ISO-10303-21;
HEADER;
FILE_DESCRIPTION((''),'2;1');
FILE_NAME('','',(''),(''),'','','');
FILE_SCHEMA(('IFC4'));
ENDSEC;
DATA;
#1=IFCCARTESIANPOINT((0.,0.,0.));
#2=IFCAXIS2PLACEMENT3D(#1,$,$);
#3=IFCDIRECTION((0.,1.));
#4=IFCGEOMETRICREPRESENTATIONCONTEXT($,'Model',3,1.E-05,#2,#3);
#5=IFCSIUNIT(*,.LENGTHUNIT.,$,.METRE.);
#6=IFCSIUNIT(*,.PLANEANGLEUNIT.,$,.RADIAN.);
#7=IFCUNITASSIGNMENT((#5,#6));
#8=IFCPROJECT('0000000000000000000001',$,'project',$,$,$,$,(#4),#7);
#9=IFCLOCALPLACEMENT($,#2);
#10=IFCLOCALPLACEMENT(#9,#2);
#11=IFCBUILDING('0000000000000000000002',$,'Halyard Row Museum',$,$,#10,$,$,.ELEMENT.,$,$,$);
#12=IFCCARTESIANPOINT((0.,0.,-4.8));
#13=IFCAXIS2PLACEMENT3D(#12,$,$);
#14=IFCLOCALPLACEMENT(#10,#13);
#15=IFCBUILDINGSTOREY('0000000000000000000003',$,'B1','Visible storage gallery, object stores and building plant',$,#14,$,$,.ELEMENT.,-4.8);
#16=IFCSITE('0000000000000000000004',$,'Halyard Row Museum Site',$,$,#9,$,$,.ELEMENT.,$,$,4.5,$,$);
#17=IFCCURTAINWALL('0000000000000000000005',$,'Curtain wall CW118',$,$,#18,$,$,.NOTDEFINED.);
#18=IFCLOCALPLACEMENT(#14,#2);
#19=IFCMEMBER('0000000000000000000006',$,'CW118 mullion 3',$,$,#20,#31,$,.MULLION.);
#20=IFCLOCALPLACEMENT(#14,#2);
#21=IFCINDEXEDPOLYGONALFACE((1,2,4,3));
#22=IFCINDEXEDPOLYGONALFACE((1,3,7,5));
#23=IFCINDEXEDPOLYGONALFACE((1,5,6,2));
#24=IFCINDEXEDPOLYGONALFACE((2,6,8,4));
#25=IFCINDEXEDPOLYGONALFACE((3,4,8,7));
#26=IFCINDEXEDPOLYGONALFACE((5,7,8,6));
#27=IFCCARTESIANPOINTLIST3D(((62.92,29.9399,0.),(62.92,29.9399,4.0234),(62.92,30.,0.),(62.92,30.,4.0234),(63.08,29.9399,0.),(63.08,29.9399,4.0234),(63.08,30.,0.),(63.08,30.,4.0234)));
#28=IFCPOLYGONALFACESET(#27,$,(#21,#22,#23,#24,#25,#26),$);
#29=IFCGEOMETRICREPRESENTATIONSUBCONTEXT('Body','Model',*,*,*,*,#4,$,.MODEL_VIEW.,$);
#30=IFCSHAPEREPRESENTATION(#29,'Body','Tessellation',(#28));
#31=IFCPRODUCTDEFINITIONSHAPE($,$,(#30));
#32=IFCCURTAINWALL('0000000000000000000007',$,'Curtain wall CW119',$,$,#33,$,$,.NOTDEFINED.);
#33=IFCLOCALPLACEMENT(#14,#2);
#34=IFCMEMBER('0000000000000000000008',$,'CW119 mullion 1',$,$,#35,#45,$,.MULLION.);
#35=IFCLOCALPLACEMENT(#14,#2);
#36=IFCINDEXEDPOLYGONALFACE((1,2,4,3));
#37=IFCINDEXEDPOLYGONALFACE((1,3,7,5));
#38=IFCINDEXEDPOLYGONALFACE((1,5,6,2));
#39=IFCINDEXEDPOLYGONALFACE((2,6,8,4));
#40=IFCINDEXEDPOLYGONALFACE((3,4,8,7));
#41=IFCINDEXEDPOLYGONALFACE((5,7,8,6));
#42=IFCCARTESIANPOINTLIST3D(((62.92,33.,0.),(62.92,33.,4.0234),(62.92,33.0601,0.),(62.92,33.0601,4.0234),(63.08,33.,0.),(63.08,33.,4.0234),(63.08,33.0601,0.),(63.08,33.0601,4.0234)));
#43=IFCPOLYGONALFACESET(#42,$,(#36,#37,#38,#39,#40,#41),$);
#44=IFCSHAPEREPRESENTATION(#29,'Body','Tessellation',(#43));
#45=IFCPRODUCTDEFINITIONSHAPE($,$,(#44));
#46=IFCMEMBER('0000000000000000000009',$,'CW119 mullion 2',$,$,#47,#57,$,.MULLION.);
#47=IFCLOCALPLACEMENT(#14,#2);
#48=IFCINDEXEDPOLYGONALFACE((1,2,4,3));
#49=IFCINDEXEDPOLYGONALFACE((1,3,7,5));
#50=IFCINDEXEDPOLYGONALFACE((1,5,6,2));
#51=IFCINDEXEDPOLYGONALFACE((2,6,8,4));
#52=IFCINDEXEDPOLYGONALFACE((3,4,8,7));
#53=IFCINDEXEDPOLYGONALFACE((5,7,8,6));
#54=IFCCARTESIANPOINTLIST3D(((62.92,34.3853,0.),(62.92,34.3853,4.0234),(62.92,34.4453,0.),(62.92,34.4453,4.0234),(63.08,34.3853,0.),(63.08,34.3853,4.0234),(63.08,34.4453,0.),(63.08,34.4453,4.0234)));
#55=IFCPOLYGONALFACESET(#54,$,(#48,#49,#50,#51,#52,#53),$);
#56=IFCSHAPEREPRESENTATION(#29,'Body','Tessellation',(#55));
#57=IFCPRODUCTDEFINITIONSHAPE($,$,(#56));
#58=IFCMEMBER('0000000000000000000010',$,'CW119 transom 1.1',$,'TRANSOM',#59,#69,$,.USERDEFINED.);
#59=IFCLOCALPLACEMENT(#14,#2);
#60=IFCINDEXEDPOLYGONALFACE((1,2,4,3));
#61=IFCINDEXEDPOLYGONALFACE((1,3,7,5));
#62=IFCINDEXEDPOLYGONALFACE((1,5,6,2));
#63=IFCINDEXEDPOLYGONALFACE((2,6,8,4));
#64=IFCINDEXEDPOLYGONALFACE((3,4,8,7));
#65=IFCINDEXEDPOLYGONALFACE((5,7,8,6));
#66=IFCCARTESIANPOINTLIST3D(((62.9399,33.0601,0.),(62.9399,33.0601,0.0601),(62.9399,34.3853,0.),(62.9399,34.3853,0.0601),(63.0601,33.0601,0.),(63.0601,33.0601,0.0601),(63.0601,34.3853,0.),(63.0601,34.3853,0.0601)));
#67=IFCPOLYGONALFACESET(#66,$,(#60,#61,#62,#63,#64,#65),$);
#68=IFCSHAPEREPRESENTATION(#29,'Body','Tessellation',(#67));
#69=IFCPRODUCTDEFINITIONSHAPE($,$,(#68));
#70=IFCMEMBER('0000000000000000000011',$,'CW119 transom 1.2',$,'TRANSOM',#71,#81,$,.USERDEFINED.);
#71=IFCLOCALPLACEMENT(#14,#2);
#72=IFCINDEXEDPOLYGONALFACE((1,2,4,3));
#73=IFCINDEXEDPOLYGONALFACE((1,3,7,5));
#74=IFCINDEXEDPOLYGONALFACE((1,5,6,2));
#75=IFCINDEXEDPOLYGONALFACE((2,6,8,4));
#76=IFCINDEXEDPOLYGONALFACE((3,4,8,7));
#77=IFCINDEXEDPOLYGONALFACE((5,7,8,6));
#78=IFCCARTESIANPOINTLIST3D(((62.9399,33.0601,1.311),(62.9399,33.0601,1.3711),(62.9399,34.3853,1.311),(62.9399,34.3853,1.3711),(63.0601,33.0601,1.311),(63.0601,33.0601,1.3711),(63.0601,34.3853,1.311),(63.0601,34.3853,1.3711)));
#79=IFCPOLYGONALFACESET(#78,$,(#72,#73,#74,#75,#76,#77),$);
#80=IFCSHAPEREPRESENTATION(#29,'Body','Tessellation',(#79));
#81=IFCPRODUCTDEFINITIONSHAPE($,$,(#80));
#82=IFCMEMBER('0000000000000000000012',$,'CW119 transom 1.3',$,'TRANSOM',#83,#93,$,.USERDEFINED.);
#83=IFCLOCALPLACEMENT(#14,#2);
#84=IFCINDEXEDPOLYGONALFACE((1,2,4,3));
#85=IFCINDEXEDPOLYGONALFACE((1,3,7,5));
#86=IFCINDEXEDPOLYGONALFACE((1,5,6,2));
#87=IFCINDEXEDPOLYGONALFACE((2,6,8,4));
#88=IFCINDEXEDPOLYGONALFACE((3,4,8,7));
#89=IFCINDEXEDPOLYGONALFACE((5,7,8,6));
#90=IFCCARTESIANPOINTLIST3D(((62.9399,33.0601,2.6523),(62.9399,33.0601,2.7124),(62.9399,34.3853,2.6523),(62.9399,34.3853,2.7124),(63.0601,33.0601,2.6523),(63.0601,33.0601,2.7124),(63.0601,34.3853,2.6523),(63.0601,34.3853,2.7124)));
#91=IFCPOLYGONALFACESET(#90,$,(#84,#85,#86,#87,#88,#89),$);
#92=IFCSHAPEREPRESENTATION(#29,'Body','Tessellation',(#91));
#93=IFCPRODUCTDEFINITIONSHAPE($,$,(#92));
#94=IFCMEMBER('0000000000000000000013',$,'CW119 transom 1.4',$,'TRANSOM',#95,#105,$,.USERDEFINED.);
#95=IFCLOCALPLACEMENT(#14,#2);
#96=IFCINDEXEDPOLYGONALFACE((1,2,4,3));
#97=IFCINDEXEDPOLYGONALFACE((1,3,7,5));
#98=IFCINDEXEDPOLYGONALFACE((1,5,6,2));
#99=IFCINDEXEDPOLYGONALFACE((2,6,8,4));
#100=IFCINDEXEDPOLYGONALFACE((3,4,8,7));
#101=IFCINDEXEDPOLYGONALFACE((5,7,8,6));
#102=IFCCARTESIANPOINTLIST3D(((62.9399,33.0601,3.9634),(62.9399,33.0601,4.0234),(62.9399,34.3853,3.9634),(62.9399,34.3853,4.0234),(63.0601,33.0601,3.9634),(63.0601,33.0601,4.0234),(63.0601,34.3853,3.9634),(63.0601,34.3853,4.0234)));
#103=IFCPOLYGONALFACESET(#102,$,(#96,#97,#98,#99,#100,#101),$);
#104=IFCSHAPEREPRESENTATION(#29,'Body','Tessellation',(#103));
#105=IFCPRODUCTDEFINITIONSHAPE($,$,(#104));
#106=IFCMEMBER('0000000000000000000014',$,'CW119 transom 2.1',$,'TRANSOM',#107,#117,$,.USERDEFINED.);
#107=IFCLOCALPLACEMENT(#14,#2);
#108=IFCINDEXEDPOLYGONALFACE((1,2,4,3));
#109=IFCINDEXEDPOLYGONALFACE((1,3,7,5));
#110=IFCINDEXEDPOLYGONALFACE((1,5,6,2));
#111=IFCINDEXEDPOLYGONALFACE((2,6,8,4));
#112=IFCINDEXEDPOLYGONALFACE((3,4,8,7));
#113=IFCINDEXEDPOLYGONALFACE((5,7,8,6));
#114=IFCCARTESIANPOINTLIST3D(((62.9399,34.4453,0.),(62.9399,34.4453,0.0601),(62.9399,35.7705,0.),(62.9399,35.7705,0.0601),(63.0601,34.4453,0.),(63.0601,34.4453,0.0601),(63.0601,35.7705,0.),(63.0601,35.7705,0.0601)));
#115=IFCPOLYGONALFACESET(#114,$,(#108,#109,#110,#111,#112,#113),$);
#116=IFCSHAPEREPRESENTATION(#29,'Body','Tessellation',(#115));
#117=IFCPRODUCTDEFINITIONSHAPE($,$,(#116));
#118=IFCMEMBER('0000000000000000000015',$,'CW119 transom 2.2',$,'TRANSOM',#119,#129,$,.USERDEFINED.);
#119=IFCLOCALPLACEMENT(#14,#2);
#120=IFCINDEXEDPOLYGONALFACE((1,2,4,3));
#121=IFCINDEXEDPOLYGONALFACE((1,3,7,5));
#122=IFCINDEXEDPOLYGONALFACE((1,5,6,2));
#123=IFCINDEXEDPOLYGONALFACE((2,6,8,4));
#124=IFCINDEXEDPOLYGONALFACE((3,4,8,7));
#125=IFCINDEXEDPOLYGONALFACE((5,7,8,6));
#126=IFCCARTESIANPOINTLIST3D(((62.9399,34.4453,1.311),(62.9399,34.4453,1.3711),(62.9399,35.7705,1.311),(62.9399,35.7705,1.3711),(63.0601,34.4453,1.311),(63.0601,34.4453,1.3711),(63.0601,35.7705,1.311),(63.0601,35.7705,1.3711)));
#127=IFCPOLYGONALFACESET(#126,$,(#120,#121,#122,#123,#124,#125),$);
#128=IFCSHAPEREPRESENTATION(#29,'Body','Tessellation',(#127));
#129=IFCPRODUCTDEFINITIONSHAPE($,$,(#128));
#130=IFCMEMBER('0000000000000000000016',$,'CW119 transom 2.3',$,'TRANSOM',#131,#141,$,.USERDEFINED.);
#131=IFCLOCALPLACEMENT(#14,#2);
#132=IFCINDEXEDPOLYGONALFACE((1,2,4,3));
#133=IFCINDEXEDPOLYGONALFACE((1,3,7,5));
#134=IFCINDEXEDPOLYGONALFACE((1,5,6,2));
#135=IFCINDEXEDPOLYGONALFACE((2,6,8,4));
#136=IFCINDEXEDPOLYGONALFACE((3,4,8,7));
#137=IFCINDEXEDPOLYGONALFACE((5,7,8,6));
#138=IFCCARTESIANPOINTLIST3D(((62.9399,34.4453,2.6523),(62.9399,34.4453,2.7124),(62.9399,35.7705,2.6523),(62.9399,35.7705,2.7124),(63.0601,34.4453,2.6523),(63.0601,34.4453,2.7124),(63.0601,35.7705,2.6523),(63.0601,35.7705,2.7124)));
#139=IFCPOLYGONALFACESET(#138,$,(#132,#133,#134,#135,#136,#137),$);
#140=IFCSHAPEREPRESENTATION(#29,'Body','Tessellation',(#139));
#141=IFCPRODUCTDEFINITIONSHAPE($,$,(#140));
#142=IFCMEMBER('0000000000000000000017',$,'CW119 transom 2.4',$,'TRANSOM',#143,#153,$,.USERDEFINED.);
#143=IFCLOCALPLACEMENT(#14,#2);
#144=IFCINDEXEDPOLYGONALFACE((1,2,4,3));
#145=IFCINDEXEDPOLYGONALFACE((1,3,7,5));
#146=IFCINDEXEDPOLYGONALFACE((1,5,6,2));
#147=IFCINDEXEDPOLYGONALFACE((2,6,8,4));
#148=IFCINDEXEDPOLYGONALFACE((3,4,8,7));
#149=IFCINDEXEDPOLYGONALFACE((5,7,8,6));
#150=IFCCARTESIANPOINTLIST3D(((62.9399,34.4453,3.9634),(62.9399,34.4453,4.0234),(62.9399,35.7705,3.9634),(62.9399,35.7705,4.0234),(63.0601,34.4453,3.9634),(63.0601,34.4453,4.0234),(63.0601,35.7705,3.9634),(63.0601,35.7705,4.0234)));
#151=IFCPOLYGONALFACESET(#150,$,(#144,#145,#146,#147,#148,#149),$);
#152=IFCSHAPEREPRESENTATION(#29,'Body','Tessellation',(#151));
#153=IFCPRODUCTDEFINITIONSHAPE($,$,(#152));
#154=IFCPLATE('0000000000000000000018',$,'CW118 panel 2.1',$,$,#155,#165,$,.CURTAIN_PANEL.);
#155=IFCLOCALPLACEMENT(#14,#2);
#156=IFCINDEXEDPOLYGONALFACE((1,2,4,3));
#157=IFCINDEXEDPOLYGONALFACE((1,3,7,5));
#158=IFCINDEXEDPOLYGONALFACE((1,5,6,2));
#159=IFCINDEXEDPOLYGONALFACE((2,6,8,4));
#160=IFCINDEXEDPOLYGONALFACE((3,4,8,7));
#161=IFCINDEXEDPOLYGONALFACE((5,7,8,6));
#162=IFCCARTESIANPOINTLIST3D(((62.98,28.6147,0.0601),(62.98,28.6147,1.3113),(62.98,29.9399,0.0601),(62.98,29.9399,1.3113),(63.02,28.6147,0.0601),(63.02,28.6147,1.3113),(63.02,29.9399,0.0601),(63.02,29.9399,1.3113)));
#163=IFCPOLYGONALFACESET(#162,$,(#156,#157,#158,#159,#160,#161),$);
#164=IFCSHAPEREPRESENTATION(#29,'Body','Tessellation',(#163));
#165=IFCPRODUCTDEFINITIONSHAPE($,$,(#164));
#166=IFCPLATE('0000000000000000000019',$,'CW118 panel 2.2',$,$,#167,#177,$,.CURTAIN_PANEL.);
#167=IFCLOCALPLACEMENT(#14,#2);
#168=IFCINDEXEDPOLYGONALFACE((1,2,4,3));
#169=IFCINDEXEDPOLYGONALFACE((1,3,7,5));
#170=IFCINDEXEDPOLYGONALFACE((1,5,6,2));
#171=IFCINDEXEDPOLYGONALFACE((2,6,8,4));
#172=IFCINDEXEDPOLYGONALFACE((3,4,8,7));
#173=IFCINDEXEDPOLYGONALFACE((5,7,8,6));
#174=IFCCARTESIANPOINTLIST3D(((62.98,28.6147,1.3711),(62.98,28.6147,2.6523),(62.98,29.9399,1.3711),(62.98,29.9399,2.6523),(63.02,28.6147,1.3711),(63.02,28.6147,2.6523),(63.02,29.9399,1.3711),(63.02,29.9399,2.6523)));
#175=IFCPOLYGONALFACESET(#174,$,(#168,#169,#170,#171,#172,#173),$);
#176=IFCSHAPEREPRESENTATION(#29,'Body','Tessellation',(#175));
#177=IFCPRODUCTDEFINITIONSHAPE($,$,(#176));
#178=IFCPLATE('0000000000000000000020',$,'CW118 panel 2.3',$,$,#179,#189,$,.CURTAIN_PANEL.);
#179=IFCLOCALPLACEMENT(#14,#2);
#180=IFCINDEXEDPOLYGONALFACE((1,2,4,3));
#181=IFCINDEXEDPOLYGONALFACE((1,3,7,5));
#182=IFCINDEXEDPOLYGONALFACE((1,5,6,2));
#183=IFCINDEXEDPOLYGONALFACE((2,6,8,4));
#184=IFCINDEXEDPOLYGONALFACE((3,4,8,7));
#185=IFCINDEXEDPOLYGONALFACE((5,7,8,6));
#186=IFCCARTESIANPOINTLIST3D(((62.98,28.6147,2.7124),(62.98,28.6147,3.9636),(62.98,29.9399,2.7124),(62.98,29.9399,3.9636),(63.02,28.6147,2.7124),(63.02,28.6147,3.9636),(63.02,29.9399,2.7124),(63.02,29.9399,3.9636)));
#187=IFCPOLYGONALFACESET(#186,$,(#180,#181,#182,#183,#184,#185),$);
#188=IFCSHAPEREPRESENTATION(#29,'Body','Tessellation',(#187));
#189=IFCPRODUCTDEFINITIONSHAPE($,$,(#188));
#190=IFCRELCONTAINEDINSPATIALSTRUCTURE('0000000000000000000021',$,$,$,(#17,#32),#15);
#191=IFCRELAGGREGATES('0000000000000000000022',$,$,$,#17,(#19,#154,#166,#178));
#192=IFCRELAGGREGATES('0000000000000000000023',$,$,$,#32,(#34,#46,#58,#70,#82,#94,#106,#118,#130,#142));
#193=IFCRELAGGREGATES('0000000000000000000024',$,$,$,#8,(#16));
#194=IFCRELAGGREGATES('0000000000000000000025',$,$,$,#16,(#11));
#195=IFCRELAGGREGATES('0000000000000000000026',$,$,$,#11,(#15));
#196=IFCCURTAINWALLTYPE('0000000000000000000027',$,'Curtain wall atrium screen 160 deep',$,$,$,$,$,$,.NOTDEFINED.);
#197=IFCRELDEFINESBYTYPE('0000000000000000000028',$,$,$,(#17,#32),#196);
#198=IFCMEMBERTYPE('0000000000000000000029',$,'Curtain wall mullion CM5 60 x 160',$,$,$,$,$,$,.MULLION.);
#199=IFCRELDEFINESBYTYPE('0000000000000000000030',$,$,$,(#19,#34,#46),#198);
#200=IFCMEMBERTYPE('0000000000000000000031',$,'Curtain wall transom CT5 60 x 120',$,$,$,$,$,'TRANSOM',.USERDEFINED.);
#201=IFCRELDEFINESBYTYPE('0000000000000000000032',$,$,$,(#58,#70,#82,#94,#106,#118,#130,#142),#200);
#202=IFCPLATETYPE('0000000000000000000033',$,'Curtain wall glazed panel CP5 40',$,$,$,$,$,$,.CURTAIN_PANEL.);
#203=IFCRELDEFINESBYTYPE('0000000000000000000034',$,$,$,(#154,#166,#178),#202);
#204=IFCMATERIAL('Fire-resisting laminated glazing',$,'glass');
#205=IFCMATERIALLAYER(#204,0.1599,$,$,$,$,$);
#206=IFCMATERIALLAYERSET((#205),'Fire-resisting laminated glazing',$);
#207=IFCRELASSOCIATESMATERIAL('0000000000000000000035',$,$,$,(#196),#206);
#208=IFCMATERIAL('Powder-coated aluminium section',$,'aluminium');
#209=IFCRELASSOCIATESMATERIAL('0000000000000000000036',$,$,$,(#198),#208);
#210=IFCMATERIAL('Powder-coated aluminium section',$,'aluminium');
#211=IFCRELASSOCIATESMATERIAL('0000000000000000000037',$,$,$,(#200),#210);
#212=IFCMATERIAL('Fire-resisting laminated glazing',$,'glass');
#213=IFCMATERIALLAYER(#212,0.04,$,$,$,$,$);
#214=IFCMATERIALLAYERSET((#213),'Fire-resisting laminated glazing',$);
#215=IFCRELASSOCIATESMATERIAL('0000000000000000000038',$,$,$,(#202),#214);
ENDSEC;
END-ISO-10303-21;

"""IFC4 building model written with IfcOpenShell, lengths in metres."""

from ifc_helpers import new_model, si_unit, direction, frame, origin, origin_2d, place, context, subcontext, project, spatial, rectangle, extrude, material, layer, layer_set, material_profile, profile_set, type_object, element, aggregate, save


model = new_model("IFC4")

# Units and contexts
model_context = context("Model", 3, precision=1e-05, world=origin(), true_north=direction((0.0, 1.0)))
body_context = subcontext(model_context, "Body", "Model", "MODEL_VIEW")
ifc_project = project(units=[si_unit("LENGTHUNIT", "METRE"), si_unit("PLANEANGLEUNIT", "RADIAN")], contexts=[model_context])

# Site, building, storey
site_placement = place(None, origin())
site = spatial("IfcSite", under=ifc_project, at=site_placement, Name="Halyard Row Museum Site", CompositionType="ELEMENT", RefElevation=4.5)
building_placement = place(site_placement, origin())
building = spatial("IfcBuilding", under=site, at=building_placement, Name="Halyard Row Museum", CompositionType="ELEMENT")
storey_placement = place(building_placement, frame((0.0, 0.0, -4.8)))
storey = spatial("IfcBuildingStorey", under=building, at=storey_placement, Name="B1", Description="Visible storage gallery, object stores and building plant", CompositionType="ELEMENT", Elevation=-4.8)

# Curtain wall, member
ifc_material_1 = material(Name="Fire-resisting laminated glazing", Category="glass")
ifc_layer_1 = layer(ifc_material_1, 0.1599)
ifc_layer_set_1 = layer_set([ifc_layer_1], Name="Fire-resisting laminated glazing")
curtain_wall_type = type_object("IfcCurtainWallType", Name="Curtain wall atrium screen 160 deep", PredefinedType="NOTDEFINED", material=ifc_layer_set_1)
curtain_wall_1_placement = place(storey_placement, origin())
curtain_wall_1 = element("IfcCurtainWall", 1, at=curtain_wall_1_placement, inside=storey, type_object=curtain_wall_type, Name="Curtain wall CW118", PredefinedType="NOTDEFINED")
ifc_material_2 = material(Name="Powder-coated aluminium section", Category="aluminium")
ifc_material_profile_1 = material_profile(ifc_material_2, rectangle(XDim=0.1599, YDim=0.0601, at=origin_2d()), Name="160x60 mullion")
ifc_profile_set_1 = profile_set([ifc_material_profile_1], Name="Powder-coated aluminium section")
member_type_1 = type_object("IfcMemberType", Name="Curtain wall mullion CM5 60 x 160", PredefinedType="MULLION", material=ifc_profile_set_1)
member_1_placement = place(storey_placement, frame((63.0, 29.97, 0.0), z_axis=(0.0, 0.0, 1.0), x_axis=(-1.0, 0.0, 0.0)))
member_1 = element("IfcMember", 2, at=member_1_placement, type_object=member_type_1, Name="CW118 mullion 3", PredefinedType="MULLION", context=body_context, shape_type="SweptSolid", body=[
    extrude(rectangle(XDim=0.1599, YDim=0.0601, at=origin_2d()), origin(), (0.0, 0.0, 1.0), 4.0234),
])

# Curtain wall, members
curtain_wall_2_placement = place(storey_placement, origin())
curtain_wall_2 = element("IfcCurtainWall", 3, at=curtain_wall_2_placement, inside=storey, type_object=curtain_wall_type, Name="Curtain wall CW119", PredefinedType="NOTDEFINED")
member_2_placement = place(storey_placement, frame((63.0, 33.03, 0.0), z_axis=(0.0, 0.0, 1.0), x_axis=(-1.0, 0.0, 0.0)))
member_2 = element("IfcMember", 4, at=member_2_placement, type_object=member_type_1, Name="CW119 mullion 1", PredefinedType="MULLION", context=body_context, shape_type="SweptSolid", body=[
    extrude(rectangle(XDim=0.1599, YDim=0.0601, at=origin_2d()), origin(), (0.0, 0.0, 1.0), 4.0234),
])
member_3_placement = place(storey_placement, frame((63.0, 34.4153, 0.0), z_axis=(0.0, 0.0, 1.0), x_axis=(-1.0, 0.0, 0.0)))
member_3 = element("IfcMember", 5, at=member_3_placement, type_object=member_type_1, Name="CW119 mullion 2", PredefinedType="MULLION", context=body_context, shape_type="SweptSolid", body=[
    extrude(rectangle(XDim=0.1599, YDim=0.0601, at=origin_2d()), origin(), (0.0, 0.0, 1.0), 4.0234),
])
ifc_material_3 = material(Name="Powder-coated aluminium section", Category="aluminium")
ifc_material_profile_2 = material_profile(ifc_material_3, rectangle(XDim=0.1201, YDim=0.0601, at=origin_2d()), Name="120x60 transom")
ifc_profile_set_2 = profile_set([ifc_material_profile_2], Name="Powder-coated aluminium section")
member_type_2 = type_object("IfcMemberType", Name="Curtain wall transom CT5 60 x 120", ElementType="TRANSOM", PredefinedType="USERDEFINED", material=ifc_profile_set_2)
member_4_placement = place(storey_placement, frame((63.0, 33.0601, 0.03), z_axis=(0.0, 1.0, 0.0), x_axis=(-1.0, 0.0, 0.0)))
member_4 = element("IfcMember", 6, at=member_4_placement, type_object=member_type_2, Name="CW119 transom 1.1", ObjectType="TRANSOM", PredefinedType="USERDEFINED", context=body_context, shape_type="SweptSolid", body=[
    extrude(rectangle(XDim=0.1201, YDim=0.0601, at=origin_2d()), origin(), (0.0, 0.0, 1.0), 1.3252),
])
member_5_placement = place(storey_placement, frame((63.0, 33.0601, 1.3411), z_axis=(0.0, 1.0, 0.0), x_axis=(-1.0, 0.0, 0.0)))
member_5 = element("IfcMember", 7, at=member_5_placement, type_object=member_type_2, Name="CW119 transom 1.2", ObjectType="TRANSOM", PredefinedType="USERDEFINED", context=body_context, shape_type="SweptSolid", body=[
    extrude(rectangle(XDim=0.1201, YDim=0.0601, at=origin_2d()), origin(), (0.0, 0.0, 1.0), 1.3252),
])
member_6_placement = place(storey_placement, frame((63.0, 33.0601, 2.6824), z_axis=(0.0, 1.0, 0.0), x_axis=(-1.0, 0.0, 0.0)))
member_6 = element("IfcMember", 8, at=member_6_placement, type_object=member_type_2, Name="CW119 transom 1.3", ObjectType="TRANSOM", PredefinedType="USERDEFINED", context=body_context, shape_type="SweptSolid", body=[
    extrude(rectangle(XDim=0.1201, YDim=0.0601, at=origin_2d()), origin(), (0.0, 0.0, 1.0), 1.3252),
])
member_7_placement = place(storey_placement, frame((63.0, 33.0601, 3.9934), z_axis=(0.0, 1.0, 0.0), x_axis=(-1.0, 0.0, 0.0)))
member_7 = element("IfcMember", 9, at=member_7_placement, type_object=member_type_2, Name="CW119 transom 1.4", ObjectType="TRANSOM", PredefinedType="USERDEFINED", context=body_context, shape_type="SweptSolid", body=[
    extrude(rectangle(XDim=0.1201, YDim=0.0601, at=origin_2d()), origin(), (0.0, 0.0, 1.0), 1.3252),
])
member_8_placement = place(storey_placement, frame((63.0, 34.4453, 0.03), z_axis=(0.0, 1.0, 0.0), x_axis=(-1.0, 0.0, 0.0)))
member_8 = element("IfcMember", 10, at=member_8_placement, type_object=member_type_2, Name="CW119 transom 2.1", ObjectType="TRANSOM", PredefinedType="USERDEFINED", context=body_context, shape_type="SweptSolid", body=[
    extrude(rectangle(XDim=0.1201, YDim=0.0601, at=origin_2d()), origin(), (0.0, 0.0, 1.0), 1.3252),
])
member_9_placement = place(storey_placement, frame((63.0, 34.4453, 1.3411), z_axis=(0.0, 1.0, 0.0), x_axis=(-1.0, 0.0, 0.0)))
member_9 = element("IfcMember", 11, at=member_9_placement, type_object=member_type_2, Name="CW119 transom 2.2", ObjectType="TRANSOM", PredefinedType="USERDEFINED", context=body_context, shape_type="SweptSolid", body=[
    extrude(rectangle(XDim=0.1201, YDim=0.0601, at=origin_2d()), origin(), (0.0, 0.0, 1.0), 1.3252),
])
member_10_placement = place(storey_placement, frame((63.0, 34.4453, 2.6824), z_axis=(0.0, 1.0, 0.0), x_axis=(-1.0, 0.0, 0.0)))
member_10 = element("IfcMember", 12, at=member_10_placement, type_object=member_type_2, Name="CW119 transom 2.3", ObjectType="TRANSOM", PredefinedType="USERDEFINED", context=body_context, shape_type="SweptSolid", body=[
    extrude(rectangle(XDim=0.1201, YDim=0.0601, at=origin_2d()), origin(), (0.0, 0.0, 1.0), 1.3252),
])
member_11_placement = place(storey_placement, frame((63.0, 34.4453, 3.9934), z_axis=(0.0, 1.0, 0.0), x_axis=(-1.0, 0.0, 0.0)))
member_11 = element("IfcMember", 13, at=member_11_placement, type_object=member_type_2, Name="CW119 transom 2.4", ObjectType="TRANSOM", PredefinedType="USERDEFINED", context=body_context, shape_type="SweptSolid", body=[
    extrude(rectangle(XDim=0.1201, YDim=0.0601, at=origin_2d()), origin(), (0.0, 0.0, 1.0), 1.3252),
])

# Plates
ifc_material_4 = material(Name="Fire-resisting laminated glazing", Category="glass")
ifc_layer_2 = layer(ifc_material_4, 0.04)
ifc_layer_set_2 = layer_set([ifc_layer_2], Name="Fire-resisting laminated glazing")
plate_type = type_object("IfcPlateType", Name="Curtain wall glazed panel CP5 40", PredefinedType="CURTAIN_PANEL", material=ifc_layer_set_2)
plate_1_placement = place(storey_placement, frame((63.0, 29.2773, 0.0601), z_axis=(0.0, 0.0, 1.0), x_axis=(0.0, 1.0, 0.0)))
plate_1 = element("IfcPlate", 14, at=plate_1_placement, type_object=plate_type, Name="CW118 panel 2.1", PredefinedType="CURTAIN_PANEL", context=body_context, shape_type="SweptSolid", body=[
    extrude(rectangle(XDim=1.3252, YDim=0.04, at=origin_2d()), origin(), (0.0, 0.0, 1.0), 1.2512),
])
plate_2_placement = place(storey_placement, frame((63.0, 29.2773, 1.3711), z_axis=(0.0, 0.0, 1.0), x_axis=(0.0, 1.0, 0.0)))
plate_2 = element("IfcPlate", 15, at=plate_2_placement, type_object=plate_type, Name="CW118 panel 2.2", PredefinedType="CURTAIN_PANEL", context=body_context, shape_type="SweptSolid", body=[
    extrude(rectangle(XDim=1.3252, YDim=0.04, at=origin_2d()), origin(), (0.0, 0.0, 1.0), 1.2812),
])
plate_3_placement = place(storey_placement, frame((63.0, 29.2773, 2.7124), z_axis=(0.0, 0.0, 1.0), x_axis=(0.0, 1.0, 0.0)))
plate_3 = element("IfcPlate", 16, at=plate_3_placement, type_object=plate_type, Name="CW118 panel 2.3", PredefinedType="CURTAIN_PANEL", context=body_context, shape_type="SweptSolid", body=[
    extrude(rectangle(XDim=1.3252, YDim=0.04, at=origin_2d()), origin(), (0.0, 0.0, 1.0), 1.2512),
])
aggregate(curtain_wall_1, [member_1, plate_1, plate_2, plate_3])
aggregate(curtain_wall_2, [member_2, member_3, member_4, member_5, member_6, member_7, member_8, member_9, member_10, member_11])

save(model, "model.ifc")
